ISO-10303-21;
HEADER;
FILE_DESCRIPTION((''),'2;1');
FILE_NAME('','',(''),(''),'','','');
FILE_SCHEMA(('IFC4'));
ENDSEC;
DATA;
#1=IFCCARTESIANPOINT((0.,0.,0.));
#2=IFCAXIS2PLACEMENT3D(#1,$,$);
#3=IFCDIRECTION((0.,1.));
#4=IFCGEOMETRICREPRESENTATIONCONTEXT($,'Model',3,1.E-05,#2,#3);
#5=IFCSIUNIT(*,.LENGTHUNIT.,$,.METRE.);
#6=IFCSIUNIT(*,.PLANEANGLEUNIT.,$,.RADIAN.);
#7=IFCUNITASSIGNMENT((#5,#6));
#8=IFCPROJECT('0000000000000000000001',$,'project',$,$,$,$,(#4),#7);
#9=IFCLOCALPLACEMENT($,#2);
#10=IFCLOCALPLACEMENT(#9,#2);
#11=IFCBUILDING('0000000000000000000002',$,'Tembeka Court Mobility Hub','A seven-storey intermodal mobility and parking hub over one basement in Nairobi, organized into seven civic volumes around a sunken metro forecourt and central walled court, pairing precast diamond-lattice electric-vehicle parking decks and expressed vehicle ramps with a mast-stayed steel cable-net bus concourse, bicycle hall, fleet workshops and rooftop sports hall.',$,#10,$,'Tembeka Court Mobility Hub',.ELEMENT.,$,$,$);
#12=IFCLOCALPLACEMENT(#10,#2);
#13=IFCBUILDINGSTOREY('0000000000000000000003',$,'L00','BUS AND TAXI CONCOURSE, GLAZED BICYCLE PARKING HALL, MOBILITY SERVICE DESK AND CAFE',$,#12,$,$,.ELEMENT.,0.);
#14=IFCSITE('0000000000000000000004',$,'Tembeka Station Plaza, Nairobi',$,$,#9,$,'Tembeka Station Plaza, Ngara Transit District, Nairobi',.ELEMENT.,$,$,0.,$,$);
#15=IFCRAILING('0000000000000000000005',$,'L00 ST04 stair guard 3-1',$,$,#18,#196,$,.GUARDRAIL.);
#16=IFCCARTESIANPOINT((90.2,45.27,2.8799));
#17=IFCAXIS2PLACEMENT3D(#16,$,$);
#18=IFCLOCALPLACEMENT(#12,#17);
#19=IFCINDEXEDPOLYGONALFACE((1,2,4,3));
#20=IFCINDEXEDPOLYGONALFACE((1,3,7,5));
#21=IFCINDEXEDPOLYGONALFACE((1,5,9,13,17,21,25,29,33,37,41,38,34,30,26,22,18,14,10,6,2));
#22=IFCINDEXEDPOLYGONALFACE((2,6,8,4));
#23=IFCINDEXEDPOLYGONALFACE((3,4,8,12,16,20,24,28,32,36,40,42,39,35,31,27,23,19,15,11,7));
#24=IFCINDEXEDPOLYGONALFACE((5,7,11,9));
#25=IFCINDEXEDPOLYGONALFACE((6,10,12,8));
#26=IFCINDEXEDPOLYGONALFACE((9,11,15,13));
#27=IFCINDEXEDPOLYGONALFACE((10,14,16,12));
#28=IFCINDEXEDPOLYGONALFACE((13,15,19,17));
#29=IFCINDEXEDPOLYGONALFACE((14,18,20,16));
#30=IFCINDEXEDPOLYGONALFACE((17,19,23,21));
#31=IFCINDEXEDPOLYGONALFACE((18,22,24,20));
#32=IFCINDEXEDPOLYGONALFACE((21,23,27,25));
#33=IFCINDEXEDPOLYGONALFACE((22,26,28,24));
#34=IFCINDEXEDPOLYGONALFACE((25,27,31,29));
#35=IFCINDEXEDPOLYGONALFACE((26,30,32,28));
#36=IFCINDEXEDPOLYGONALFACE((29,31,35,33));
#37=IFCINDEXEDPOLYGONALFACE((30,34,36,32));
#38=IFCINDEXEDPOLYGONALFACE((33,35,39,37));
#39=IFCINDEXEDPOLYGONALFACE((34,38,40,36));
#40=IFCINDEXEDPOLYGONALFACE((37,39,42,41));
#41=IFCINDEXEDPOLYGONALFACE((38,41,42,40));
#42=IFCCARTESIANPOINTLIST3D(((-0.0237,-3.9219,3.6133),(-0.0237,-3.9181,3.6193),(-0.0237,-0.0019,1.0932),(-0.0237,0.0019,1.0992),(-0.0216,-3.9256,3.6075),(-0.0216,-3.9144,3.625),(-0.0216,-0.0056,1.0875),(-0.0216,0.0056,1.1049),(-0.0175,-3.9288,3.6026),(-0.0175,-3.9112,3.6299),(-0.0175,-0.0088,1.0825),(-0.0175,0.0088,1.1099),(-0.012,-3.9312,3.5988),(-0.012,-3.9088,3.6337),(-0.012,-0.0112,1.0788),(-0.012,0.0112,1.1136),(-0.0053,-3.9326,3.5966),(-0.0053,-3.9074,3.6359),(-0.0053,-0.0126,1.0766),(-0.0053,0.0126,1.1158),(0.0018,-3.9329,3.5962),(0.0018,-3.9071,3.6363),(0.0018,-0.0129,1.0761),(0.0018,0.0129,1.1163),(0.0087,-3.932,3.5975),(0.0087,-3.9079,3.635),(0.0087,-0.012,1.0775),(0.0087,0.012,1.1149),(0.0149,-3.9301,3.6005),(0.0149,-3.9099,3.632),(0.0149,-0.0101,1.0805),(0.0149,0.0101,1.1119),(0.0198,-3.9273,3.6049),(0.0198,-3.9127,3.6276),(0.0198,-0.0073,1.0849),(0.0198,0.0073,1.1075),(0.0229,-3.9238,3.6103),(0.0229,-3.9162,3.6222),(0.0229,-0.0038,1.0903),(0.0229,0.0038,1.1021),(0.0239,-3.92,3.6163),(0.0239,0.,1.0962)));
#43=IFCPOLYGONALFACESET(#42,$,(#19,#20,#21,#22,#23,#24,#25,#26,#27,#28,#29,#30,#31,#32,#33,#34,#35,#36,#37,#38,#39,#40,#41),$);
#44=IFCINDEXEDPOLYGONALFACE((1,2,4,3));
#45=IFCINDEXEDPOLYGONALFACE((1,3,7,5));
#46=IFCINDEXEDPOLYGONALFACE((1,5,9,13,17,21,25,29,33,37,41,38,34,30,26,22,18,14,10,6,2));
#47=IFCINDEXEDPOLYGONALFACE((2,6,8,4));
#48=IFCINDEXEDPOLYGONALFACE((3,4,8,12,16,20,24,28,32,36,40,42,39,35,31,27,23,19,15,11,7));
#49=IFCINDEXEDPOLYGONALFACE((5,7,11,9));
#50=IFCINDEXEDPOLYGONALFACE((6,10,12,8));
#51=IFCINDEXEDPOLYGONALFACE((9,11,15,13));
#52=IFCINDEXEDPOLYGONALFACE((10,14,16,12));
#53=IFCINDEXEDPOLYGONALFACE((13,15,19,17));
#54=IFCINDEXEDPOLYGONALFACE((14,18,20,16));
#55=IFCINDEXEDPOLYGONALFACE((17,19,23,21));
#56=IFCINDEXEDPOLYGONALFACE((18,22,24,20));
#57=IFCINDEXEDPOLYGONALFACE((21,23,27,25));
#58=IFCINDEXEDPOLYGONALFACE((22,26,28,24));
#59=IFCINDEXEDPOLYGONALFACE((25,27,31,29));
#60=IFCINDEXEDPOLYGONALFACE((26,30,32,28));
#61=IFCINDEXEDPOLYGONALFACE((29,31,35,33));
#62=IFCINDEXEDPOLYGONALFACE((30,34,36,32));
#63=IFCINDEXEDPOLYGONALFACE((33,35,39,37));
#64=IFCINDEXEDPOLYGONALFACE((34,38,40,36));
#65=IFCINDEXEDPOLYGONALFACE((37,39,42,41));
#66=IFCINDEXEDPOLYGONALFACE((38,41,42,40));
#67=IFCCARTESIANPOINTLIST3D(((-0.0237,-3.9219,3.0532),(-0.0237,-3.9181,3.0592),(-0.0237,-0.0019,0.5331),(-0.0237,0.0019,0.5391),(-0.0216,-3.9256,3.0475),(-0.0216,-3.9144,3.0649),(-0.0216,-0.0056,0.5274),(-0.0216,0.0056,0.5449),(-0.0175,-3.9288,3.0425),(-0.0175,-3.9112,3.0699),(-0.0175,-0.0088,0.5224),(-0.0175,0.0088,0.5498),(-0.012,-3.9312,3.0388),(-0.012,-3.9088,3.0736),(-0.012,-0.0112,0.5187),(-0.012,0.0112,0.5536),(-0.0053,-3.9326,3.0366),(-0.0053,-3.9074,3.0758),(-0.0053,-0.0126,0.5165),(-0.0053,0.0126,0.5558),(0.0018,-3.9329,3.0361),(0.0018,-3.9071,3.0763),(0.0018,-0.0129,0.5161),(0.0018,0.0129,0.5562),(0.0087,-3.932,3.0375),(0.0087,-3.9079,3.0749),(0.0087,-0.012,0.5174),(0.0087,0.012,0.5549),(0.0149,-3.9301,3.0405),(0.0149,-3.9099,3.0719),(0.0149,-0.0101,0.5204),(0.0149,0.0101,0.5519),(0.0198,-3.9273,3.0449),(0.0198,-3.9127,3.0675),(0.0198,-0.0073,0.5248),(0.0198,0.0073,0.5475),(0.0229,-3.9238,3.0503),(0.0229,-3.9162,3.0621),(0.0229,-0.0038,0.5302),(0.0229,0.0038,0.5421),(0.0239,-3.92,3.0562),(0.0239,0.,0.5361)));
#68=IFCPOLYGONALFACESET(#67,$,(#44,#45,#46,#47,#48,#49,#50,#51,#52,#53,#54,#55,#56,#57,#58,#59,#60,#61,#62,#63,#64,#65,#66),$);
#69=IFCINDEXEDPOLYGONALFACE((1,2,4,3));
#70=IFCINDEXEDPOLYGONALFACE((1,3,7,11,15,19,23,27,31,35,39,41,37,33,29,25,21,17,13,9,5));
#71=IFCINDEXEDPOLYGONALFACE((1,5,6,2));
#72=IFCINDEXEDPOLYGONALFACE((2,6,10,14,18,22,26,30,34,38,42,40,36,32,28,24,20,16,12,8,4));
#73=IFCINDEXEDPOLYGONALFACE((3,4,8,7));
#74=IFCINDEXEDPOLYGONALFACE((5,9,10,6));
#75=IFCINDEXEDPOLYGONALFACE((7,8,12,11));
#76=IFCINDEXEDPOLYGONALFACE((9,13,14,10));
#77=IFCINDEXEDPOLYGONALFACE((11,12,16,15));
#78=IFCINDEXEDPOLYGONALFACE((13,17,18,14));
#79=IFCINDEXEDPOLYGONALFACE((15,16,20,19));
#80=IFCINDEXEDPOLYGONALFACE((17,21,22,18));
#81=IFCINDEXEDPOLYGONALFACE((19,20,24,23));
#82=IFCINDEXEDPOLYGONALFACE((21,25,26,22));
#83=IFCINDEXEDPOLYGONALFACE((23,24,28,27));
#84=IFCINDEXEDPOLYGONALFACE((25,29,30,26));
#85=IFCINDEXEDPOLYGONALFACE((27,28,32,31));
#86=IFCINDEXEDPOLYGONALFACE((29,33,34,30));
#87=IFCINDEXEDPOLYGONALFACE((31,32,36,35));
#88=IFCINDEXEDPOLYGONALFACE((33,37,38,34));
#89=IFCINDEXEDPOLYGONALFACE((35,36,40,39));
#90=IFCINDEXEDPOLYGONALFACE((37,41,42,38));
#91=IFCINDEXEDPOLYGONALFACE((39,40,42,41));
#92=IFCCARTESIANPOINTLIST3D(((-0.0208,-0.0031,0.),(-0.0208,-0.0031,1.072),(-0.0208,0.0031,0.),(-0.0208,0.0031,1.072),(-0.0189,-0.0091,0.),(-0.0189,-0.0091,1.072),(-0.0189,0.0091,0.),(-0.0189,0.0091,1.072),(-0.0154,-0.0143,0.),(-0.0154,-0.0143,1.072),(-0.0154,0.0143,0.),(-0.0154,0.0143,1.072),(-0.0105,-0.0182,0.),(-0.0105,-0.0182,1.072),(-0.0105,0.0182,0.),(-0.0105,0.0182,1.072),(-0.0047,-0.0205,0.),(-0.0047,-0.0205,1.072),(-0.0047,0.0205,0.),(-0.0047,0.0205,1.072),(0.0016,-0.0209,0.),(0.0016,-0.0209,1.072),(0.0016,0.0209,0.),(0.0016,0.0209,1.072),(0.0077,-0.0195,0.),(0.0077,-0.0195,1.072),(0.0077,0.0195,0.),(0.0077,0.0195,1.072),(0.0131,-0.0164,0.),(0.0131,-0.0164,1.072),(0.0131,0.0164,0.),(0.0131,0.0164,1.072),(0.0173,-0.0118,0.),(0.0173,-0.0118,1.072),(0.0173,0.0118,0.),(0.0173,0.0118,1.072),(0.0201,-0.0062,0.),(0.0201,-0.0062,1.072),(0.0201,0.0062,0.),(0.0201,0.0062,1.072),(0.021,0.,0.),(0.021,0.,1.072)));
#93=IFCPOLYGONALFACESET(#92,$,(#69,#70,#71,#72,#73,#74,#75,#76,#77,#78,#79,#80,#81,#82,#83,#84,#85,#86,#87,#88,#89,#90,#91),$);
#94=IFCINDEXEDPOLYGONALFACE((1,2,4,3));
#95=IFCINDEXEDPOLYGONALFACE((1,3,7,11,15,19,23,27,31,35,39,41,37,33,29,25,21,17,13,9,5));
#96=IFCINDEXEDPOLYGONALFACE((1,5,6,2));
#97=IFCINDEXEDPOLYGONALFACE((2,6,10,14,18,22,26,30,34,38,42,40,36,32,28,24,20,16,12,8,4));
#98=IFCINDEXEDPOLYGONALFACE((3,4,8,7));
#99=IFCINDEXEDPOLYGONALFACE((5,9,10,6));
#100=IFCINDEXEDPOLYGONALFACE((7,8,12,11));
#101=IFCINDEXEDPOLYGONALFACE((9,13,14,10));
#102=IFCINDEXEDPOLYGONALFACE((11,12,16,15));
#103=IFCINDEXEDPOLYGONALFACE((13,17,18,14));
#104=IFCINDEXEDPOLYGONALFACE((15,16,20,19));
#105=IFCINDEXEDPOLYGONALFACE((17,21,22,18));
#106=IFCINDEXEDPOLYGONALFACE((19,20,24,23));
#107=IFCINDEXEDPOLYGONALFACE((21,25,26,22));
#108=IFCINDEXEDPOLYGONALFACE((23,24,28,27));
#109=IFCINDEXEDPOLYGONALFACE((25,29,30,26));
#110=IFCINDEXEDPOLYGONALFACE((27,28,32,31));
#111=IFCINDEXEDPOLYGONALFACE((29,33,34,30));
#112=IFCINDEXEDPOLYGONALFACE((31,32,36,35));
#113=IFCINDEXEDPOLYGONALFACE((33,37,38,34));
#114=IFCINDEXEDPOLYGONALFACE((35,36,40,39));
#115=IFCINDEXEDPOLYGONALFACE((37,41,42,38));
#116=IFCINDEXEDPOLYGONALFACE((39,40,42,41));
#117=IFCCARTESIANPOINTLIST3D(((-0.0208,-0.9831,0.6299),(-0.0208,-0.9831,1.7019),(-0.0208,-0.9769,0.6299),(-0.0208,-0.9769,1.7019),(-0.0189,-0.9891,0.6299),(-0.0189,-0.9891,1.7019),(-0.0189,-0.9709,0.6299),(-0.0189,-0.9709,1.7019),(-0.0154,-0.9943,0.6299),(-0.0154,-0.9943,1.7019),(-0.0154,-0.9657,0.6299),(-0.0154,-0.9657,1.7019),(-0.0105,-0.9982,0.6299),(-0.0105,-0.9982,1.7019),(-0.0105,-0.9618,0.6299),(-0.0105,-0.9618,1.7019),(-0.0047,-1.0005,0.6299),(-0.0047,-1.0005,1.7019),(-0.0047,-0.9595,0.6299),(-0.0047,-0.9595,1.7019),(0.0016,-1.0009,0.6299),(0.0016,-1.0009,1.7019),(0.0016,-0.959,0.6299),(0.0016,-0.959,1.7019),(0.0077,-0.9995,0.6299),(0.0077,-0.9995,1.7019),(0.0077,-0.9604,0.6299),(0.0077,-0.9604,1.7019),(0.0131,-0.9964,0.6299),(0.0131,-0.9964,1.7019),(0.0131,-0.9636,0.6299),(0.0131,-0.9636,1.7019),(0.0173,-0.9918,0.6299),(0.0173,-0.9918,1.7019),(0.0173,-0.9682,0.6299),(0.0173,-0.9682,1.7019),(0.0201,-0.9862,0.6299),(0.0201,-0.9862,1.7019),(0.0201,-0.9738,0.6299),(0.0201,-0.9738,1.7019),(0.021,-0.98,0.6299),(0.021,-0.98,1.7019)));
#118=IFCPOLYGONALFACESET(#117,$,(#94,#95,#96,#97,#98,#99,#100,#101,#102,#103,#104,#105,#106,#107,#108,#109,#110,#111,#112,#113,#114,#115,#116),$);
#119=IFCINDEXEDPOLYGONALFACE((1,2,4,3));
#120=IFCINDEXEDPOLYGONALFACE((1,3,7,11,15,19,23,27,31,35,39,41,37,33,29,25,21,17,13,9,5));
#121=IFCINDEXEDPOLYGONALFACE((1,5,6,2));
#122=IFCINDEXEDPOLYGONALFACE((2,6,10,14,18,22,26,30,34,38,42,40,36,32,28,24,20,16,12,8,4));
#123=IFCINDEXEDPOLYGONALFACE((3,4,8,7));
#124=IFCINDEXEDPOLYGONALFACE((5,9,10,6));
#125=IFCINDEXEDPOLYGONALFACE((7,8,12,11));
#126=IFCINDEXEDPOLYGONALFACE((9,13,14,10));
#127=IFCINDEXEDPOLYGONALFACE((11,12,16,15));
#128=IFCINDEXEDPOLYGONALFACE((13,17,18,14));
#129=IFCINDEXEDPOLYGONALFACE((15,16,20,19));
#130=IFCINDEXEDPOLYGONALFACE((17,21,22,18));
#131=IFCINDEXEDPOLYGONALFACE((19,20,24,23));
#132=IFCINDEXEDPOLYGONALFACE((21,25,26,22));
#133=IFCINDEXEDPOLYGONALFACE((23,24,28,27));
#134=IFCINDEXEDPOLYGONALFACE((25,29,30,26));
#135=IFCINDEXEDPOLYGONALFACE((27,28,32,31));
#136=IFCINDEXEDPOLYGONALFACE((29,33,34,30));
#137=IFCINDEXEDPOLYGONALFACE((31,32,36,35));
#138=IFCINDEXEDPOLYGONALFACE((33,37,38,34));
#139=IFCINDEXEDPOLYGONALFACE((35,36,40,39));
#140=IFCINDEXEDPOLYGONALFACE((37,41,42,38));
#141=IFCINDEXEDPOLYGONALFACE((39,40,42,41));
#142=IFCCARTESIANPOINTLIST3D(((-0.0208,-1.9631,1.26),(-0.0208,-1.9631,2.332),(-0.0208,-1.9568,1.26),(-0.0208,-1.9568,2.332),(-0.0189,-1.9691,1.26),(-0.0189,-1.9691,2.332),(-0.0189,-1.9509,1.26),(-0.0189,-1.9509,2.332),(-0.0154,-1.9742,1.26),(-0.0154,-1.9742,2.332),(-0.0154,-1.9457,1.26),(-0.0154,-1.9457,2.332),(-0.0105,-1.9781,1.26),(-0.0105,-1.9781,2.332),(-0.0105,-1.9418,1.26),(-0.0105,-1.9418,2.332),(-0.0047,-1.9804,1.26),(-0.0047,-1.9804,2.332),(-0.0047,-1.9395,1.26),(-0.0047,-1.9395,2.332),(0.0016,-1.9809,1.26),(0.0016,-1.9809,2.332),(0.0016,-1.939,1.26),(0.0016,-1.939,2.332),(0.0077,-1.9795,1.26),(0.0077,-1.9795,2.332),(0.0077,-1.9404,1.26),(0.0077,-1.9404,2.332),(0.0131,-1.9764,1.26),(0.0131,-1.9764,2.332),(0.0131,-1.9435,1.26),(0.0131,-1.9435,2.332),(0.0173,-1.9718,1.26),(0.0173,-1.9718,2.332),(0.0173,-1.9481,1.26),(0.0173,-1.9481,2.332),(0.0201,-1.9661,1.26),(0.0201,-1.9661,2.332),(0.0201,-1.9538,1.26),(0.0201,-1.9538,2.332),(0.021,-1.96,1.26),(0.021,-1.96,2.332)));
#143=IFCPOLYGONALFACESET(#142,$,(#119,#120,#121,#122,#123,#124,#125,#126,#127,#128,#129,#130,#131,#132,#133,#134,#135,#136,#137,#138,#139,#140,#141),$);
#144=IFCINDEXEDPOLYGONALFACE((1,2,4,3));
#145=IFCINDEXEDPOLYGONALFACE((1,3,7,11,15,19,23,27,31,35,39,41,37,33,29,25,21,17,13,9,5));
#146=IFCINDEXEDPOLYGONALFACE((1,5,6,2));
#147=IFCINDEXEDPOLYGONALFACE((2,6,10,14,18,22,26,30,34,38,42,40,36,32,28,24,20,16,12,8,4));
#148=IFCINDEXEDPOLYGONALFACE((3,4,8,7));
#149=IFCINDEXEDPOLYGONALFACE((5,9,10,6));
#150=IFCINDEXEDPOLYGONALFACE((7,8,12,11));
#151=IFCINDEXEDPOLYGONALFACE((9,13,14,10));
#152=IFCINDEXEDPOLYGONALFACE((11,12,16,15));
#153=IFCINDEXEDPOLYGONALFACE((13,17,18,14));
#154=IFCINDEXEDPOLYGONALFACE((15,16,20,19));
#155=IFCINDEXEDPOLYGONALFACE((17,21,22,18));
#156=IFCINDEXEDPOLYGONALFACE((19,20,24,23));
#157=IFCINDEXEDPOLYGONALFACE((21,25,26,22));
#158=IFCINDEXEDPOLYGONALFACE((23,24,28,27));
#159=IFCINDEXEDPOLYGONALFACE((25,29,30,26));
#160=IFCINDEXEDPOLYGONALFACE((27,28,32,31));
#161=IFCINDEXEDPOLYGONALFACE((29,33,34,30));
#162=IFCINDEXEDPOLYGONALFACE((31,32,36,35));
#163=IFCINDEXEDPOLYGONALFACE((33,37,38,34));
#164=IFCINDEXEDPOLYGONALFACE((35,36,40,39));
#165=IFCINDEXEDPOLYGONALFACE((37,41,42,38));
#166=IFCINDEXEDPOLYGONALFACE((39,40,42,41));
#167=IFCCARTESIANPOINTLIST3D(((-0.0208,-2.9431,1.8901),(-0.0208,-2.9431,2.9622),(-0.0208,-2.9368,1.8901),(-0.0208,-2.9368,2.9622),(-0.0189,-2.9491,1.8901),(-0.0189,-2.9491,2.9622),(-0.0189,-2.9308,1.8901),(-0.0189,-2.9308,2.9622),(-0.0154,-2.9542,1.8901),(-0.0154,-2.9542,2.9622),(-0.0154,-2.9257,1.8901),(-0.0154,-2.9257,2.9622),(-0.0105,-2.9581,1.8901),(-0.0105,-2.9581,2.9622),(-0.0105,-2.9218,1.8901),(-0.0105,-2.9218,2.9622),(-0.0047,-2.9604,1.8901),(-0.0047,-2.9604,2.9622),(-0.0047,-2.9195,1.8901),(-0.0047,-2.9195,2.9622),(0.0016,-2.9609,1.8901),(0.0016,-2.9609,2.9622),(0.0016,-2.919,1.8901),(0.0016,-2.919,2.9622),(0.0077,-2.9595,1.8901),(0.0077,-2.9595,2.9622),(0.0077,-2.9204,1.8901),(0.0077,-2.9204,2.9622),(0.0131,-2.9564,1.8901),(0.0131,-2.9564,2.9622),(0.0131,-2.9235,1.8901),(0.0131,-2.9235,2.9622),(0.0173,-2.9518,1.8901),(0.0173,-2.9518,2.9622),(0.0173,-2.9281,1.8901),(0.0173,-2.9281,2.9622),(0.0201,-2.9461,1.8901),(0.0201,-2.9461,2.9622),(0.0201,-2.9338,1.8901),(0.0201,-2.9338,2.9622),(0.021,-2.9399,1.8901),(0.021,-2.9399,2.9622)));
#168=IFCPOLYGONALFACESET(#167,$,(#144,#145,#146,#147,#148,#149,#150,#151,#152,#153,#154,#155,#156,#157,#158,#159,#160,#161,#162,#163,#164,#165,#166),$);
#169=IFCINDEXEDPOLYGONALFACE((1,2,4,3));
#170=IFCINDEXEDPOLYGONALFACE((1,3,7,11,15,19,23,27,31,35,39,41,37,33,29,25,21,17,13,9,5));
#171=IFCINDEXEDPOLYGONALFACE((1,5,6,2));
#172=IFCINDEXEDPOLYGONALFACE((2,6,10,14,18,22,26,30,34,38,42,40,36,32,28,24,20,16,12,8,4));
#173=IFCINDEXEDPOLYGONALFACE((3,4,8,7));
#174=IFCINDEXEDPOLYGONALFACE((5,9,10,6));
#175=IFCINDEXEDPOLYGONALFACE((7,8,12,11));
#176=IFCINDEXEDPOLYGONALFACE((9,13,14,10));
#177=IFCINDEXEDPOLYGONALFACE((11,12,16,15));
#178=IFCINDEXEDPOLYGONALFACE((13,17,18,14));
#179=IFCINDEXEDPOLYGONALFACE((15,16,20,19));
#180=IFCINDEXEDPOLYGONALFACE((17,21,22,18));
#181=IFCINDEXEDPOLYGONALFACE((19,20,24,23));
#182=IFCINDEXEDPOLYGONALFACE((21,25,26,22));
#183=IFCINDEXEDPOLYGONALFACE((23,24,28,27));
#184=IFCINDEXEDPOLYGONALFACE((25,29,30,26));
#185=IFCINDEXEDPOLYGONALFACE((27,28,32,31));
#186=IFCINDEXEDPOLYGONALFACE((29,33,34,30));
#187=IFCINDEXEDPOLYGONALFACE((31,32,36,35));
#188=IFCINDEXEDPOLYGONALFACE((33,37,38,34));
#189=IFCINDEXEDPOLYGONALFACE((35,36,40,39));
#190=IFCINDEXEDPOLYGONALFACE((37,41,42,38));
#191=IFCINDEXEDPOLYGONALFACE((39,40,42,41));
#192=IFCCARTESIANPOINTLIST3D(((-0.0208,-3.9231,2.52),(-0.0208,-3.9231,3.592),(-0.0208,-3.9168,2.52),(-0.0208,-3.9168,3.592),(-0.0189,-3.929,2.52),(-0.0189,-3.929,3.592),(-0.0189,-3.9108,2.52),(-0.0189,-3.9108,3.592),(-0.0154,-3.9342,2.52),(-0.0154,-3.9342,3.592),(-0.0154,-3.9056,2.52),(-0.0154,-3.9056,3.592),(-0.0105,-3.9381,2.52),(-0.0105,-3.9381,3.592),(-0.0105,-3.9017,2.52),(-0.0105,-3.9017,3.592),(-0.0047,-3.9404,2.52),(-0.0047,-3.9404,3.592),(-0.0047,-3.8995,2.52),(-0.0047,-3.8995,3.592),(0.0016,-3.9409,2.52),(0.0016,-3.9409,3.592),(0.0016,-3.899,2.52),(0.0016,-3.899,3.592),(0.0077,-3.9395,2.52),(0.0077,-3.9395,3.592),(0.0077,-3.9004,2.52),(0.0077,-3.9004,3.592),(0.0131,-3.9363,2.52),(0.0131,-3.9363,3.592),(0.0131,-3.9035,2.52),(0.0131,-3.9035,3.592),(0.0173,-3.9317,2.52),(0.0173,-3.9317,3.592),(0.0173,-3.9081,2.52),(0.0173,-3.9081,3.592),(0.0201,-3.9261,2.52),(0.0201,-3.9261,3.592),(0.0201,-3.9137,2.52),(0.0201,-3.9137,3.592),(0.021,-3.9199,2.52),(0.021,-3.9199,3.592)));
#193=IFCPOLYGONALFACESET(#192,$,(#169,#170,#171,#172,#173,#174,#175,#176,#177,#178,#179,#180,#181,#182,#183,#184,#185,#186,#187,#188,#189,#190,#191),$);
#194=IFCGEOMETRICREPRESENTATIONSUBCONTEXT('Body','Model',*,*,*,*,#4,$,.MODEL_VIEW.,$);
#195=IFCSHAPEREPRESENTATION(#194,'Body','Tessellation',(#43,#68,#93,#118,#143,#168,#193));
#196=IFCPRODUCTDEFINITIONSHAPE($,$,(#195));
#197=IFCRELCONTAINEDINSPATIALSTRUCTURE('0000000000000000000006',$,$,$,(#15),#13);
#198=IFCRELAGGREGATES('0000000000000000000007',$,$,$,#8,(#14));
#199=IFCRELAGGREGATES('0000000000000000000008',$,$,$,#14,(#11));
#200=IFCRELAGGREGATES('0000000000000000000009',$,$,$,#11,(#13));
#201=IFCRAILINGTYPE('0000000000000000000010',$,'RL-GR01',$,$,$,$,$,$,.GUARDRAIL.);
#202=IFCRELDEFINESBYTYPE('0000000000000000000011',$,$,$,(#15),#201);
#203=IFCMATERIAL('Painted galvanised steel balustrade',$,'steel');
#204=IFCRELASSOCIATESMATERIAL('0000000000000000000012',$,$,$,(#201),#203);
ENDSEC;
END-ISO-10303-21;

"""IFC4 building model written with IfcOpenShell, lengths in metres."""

from ifc_helpers import new_model, si_unit, direction, frame, origin, origin_2d, place, context, subcontext, project, spatial, circle, extrude, material, type_object, element, save


model = new_model("IFC4")

# Units and contexts
model_context = context("Model", 3, precision=1e-05, world=origin(), true_north=direction((0.0, 1.0)))
body_context = subcontext(model_context, "Body", "Model", "MODEL_VIEW")
ifc_project = project(units=[si_unit("LENGTHUNIT", "METRE"), si_unit("PLANEANGLEUNIT", "RADIAN")], contexts=[model_context])

# Site, building, storey
site_placement = place(None, origin())
site = spatial("IfcSite", under=ifc_project, at=site_placement, Name="Tembeka Station Plaza, Nairobi", LongName="Tembeka Station Plaza, Ngara Transit District, Nairobi", CompositionType="ELEMENT", RefElevation=0.0)
building_placement = place(site_placement, origin())
building = spatial("IfcBuilding", under=site, at=building_placement, Name="Tembeka Court Mobility Hub", Description="A seven-storey intermodal mobility and parking hub over one basement in Nairobi, organized into seven civic volumes around a sunken metro forecourt and central walled court, pairing precast diamond-lattice electric-vehicle parking decks and expressed vehicle ramps with a mast-stayed steel cable-net bus concourse, bicycle hall, fleet workshops and rooftop sports hall.", LongName="Tembeka Court Mobility Hub", CompositionType="ELEMENT")
storey_placement = place(building_placement, origin())
storey = spatial("IfcBuildingStorey", under=building, at=storey_placement, Name="L00", Description="BUS AND TAXI CONCOURSE, GLAZED BICYCLE PARKING HALL, MOBILITY SERVICE DESK AND CAFE", CompositionType="ELEMENT", Elevation=0.0)

# Railing
ifc_material_1 = material(Name="Painted galvanised steel balustrade", Category="steel")
railing_type_1 = type_object("IfcRailingType", Name="RL-GR01", PredefinedType="GUARDRAIL", material=ifc_material_1)
railing_1_placement = place(storey_placement, frame((90.2, 45.27, 2.8799)))
element("IfcRailing", 1, at=railing_1_placement, inside=storey, type_object=railing_type_1, Name="L00 ST04 stair guard 3-1", PredefinedType="GUARDRAIL", context=body_context, shape_type="SweptSolid", body=[
    extrude(circle(Radius=0.0239, at=origin_2d()), frame((0.0, 0.0, 1.0962), z_axis=(0.0, -0.841172, 0.540768), x_axis=(1.0, 0.0, 0.0)), (0.0, 0.0, 1.0), 4.6602),
    extrude(circle(Radius=0.0239, at=origin_2d()), frame((0.0, 0.0, 0.5361), z_axis=(0.0, -0.841172, 0.540768), x_axis=(1.0, 0.0, 0.0)), (0.0, 0.0, 1.0), 4.6602),
    extrude(circle(Radius=0.021, at=origin_2d()), origin(), (0.0, 0.0, 1.0), 1.072),
    extrude(circle(Radius=0.021, at=origin_2d()), frame((0.0, -0.98, 0.6299)), (0.0, 0.0, 1.0), 1.072),
    extrude(circle(Radius=0.021, at=origin_2d()), frame((0.0, -1.96, 1.26)), (0.0, 0.0, 1.0), 1.072),
    extrude(circle(Radius=0.021, at=origin_2d()), frame((0.0, -2.9399, 1.8901)), (0.0, 0.0, 1.0), 1.072),
    extrude(circle(Radius=0.021, at=origin_2d()), frame((0.0, -3.9199, 2.52)), (0.0, 0.0, 1.0), 1.072),
])

save(model, "model.ifc")
